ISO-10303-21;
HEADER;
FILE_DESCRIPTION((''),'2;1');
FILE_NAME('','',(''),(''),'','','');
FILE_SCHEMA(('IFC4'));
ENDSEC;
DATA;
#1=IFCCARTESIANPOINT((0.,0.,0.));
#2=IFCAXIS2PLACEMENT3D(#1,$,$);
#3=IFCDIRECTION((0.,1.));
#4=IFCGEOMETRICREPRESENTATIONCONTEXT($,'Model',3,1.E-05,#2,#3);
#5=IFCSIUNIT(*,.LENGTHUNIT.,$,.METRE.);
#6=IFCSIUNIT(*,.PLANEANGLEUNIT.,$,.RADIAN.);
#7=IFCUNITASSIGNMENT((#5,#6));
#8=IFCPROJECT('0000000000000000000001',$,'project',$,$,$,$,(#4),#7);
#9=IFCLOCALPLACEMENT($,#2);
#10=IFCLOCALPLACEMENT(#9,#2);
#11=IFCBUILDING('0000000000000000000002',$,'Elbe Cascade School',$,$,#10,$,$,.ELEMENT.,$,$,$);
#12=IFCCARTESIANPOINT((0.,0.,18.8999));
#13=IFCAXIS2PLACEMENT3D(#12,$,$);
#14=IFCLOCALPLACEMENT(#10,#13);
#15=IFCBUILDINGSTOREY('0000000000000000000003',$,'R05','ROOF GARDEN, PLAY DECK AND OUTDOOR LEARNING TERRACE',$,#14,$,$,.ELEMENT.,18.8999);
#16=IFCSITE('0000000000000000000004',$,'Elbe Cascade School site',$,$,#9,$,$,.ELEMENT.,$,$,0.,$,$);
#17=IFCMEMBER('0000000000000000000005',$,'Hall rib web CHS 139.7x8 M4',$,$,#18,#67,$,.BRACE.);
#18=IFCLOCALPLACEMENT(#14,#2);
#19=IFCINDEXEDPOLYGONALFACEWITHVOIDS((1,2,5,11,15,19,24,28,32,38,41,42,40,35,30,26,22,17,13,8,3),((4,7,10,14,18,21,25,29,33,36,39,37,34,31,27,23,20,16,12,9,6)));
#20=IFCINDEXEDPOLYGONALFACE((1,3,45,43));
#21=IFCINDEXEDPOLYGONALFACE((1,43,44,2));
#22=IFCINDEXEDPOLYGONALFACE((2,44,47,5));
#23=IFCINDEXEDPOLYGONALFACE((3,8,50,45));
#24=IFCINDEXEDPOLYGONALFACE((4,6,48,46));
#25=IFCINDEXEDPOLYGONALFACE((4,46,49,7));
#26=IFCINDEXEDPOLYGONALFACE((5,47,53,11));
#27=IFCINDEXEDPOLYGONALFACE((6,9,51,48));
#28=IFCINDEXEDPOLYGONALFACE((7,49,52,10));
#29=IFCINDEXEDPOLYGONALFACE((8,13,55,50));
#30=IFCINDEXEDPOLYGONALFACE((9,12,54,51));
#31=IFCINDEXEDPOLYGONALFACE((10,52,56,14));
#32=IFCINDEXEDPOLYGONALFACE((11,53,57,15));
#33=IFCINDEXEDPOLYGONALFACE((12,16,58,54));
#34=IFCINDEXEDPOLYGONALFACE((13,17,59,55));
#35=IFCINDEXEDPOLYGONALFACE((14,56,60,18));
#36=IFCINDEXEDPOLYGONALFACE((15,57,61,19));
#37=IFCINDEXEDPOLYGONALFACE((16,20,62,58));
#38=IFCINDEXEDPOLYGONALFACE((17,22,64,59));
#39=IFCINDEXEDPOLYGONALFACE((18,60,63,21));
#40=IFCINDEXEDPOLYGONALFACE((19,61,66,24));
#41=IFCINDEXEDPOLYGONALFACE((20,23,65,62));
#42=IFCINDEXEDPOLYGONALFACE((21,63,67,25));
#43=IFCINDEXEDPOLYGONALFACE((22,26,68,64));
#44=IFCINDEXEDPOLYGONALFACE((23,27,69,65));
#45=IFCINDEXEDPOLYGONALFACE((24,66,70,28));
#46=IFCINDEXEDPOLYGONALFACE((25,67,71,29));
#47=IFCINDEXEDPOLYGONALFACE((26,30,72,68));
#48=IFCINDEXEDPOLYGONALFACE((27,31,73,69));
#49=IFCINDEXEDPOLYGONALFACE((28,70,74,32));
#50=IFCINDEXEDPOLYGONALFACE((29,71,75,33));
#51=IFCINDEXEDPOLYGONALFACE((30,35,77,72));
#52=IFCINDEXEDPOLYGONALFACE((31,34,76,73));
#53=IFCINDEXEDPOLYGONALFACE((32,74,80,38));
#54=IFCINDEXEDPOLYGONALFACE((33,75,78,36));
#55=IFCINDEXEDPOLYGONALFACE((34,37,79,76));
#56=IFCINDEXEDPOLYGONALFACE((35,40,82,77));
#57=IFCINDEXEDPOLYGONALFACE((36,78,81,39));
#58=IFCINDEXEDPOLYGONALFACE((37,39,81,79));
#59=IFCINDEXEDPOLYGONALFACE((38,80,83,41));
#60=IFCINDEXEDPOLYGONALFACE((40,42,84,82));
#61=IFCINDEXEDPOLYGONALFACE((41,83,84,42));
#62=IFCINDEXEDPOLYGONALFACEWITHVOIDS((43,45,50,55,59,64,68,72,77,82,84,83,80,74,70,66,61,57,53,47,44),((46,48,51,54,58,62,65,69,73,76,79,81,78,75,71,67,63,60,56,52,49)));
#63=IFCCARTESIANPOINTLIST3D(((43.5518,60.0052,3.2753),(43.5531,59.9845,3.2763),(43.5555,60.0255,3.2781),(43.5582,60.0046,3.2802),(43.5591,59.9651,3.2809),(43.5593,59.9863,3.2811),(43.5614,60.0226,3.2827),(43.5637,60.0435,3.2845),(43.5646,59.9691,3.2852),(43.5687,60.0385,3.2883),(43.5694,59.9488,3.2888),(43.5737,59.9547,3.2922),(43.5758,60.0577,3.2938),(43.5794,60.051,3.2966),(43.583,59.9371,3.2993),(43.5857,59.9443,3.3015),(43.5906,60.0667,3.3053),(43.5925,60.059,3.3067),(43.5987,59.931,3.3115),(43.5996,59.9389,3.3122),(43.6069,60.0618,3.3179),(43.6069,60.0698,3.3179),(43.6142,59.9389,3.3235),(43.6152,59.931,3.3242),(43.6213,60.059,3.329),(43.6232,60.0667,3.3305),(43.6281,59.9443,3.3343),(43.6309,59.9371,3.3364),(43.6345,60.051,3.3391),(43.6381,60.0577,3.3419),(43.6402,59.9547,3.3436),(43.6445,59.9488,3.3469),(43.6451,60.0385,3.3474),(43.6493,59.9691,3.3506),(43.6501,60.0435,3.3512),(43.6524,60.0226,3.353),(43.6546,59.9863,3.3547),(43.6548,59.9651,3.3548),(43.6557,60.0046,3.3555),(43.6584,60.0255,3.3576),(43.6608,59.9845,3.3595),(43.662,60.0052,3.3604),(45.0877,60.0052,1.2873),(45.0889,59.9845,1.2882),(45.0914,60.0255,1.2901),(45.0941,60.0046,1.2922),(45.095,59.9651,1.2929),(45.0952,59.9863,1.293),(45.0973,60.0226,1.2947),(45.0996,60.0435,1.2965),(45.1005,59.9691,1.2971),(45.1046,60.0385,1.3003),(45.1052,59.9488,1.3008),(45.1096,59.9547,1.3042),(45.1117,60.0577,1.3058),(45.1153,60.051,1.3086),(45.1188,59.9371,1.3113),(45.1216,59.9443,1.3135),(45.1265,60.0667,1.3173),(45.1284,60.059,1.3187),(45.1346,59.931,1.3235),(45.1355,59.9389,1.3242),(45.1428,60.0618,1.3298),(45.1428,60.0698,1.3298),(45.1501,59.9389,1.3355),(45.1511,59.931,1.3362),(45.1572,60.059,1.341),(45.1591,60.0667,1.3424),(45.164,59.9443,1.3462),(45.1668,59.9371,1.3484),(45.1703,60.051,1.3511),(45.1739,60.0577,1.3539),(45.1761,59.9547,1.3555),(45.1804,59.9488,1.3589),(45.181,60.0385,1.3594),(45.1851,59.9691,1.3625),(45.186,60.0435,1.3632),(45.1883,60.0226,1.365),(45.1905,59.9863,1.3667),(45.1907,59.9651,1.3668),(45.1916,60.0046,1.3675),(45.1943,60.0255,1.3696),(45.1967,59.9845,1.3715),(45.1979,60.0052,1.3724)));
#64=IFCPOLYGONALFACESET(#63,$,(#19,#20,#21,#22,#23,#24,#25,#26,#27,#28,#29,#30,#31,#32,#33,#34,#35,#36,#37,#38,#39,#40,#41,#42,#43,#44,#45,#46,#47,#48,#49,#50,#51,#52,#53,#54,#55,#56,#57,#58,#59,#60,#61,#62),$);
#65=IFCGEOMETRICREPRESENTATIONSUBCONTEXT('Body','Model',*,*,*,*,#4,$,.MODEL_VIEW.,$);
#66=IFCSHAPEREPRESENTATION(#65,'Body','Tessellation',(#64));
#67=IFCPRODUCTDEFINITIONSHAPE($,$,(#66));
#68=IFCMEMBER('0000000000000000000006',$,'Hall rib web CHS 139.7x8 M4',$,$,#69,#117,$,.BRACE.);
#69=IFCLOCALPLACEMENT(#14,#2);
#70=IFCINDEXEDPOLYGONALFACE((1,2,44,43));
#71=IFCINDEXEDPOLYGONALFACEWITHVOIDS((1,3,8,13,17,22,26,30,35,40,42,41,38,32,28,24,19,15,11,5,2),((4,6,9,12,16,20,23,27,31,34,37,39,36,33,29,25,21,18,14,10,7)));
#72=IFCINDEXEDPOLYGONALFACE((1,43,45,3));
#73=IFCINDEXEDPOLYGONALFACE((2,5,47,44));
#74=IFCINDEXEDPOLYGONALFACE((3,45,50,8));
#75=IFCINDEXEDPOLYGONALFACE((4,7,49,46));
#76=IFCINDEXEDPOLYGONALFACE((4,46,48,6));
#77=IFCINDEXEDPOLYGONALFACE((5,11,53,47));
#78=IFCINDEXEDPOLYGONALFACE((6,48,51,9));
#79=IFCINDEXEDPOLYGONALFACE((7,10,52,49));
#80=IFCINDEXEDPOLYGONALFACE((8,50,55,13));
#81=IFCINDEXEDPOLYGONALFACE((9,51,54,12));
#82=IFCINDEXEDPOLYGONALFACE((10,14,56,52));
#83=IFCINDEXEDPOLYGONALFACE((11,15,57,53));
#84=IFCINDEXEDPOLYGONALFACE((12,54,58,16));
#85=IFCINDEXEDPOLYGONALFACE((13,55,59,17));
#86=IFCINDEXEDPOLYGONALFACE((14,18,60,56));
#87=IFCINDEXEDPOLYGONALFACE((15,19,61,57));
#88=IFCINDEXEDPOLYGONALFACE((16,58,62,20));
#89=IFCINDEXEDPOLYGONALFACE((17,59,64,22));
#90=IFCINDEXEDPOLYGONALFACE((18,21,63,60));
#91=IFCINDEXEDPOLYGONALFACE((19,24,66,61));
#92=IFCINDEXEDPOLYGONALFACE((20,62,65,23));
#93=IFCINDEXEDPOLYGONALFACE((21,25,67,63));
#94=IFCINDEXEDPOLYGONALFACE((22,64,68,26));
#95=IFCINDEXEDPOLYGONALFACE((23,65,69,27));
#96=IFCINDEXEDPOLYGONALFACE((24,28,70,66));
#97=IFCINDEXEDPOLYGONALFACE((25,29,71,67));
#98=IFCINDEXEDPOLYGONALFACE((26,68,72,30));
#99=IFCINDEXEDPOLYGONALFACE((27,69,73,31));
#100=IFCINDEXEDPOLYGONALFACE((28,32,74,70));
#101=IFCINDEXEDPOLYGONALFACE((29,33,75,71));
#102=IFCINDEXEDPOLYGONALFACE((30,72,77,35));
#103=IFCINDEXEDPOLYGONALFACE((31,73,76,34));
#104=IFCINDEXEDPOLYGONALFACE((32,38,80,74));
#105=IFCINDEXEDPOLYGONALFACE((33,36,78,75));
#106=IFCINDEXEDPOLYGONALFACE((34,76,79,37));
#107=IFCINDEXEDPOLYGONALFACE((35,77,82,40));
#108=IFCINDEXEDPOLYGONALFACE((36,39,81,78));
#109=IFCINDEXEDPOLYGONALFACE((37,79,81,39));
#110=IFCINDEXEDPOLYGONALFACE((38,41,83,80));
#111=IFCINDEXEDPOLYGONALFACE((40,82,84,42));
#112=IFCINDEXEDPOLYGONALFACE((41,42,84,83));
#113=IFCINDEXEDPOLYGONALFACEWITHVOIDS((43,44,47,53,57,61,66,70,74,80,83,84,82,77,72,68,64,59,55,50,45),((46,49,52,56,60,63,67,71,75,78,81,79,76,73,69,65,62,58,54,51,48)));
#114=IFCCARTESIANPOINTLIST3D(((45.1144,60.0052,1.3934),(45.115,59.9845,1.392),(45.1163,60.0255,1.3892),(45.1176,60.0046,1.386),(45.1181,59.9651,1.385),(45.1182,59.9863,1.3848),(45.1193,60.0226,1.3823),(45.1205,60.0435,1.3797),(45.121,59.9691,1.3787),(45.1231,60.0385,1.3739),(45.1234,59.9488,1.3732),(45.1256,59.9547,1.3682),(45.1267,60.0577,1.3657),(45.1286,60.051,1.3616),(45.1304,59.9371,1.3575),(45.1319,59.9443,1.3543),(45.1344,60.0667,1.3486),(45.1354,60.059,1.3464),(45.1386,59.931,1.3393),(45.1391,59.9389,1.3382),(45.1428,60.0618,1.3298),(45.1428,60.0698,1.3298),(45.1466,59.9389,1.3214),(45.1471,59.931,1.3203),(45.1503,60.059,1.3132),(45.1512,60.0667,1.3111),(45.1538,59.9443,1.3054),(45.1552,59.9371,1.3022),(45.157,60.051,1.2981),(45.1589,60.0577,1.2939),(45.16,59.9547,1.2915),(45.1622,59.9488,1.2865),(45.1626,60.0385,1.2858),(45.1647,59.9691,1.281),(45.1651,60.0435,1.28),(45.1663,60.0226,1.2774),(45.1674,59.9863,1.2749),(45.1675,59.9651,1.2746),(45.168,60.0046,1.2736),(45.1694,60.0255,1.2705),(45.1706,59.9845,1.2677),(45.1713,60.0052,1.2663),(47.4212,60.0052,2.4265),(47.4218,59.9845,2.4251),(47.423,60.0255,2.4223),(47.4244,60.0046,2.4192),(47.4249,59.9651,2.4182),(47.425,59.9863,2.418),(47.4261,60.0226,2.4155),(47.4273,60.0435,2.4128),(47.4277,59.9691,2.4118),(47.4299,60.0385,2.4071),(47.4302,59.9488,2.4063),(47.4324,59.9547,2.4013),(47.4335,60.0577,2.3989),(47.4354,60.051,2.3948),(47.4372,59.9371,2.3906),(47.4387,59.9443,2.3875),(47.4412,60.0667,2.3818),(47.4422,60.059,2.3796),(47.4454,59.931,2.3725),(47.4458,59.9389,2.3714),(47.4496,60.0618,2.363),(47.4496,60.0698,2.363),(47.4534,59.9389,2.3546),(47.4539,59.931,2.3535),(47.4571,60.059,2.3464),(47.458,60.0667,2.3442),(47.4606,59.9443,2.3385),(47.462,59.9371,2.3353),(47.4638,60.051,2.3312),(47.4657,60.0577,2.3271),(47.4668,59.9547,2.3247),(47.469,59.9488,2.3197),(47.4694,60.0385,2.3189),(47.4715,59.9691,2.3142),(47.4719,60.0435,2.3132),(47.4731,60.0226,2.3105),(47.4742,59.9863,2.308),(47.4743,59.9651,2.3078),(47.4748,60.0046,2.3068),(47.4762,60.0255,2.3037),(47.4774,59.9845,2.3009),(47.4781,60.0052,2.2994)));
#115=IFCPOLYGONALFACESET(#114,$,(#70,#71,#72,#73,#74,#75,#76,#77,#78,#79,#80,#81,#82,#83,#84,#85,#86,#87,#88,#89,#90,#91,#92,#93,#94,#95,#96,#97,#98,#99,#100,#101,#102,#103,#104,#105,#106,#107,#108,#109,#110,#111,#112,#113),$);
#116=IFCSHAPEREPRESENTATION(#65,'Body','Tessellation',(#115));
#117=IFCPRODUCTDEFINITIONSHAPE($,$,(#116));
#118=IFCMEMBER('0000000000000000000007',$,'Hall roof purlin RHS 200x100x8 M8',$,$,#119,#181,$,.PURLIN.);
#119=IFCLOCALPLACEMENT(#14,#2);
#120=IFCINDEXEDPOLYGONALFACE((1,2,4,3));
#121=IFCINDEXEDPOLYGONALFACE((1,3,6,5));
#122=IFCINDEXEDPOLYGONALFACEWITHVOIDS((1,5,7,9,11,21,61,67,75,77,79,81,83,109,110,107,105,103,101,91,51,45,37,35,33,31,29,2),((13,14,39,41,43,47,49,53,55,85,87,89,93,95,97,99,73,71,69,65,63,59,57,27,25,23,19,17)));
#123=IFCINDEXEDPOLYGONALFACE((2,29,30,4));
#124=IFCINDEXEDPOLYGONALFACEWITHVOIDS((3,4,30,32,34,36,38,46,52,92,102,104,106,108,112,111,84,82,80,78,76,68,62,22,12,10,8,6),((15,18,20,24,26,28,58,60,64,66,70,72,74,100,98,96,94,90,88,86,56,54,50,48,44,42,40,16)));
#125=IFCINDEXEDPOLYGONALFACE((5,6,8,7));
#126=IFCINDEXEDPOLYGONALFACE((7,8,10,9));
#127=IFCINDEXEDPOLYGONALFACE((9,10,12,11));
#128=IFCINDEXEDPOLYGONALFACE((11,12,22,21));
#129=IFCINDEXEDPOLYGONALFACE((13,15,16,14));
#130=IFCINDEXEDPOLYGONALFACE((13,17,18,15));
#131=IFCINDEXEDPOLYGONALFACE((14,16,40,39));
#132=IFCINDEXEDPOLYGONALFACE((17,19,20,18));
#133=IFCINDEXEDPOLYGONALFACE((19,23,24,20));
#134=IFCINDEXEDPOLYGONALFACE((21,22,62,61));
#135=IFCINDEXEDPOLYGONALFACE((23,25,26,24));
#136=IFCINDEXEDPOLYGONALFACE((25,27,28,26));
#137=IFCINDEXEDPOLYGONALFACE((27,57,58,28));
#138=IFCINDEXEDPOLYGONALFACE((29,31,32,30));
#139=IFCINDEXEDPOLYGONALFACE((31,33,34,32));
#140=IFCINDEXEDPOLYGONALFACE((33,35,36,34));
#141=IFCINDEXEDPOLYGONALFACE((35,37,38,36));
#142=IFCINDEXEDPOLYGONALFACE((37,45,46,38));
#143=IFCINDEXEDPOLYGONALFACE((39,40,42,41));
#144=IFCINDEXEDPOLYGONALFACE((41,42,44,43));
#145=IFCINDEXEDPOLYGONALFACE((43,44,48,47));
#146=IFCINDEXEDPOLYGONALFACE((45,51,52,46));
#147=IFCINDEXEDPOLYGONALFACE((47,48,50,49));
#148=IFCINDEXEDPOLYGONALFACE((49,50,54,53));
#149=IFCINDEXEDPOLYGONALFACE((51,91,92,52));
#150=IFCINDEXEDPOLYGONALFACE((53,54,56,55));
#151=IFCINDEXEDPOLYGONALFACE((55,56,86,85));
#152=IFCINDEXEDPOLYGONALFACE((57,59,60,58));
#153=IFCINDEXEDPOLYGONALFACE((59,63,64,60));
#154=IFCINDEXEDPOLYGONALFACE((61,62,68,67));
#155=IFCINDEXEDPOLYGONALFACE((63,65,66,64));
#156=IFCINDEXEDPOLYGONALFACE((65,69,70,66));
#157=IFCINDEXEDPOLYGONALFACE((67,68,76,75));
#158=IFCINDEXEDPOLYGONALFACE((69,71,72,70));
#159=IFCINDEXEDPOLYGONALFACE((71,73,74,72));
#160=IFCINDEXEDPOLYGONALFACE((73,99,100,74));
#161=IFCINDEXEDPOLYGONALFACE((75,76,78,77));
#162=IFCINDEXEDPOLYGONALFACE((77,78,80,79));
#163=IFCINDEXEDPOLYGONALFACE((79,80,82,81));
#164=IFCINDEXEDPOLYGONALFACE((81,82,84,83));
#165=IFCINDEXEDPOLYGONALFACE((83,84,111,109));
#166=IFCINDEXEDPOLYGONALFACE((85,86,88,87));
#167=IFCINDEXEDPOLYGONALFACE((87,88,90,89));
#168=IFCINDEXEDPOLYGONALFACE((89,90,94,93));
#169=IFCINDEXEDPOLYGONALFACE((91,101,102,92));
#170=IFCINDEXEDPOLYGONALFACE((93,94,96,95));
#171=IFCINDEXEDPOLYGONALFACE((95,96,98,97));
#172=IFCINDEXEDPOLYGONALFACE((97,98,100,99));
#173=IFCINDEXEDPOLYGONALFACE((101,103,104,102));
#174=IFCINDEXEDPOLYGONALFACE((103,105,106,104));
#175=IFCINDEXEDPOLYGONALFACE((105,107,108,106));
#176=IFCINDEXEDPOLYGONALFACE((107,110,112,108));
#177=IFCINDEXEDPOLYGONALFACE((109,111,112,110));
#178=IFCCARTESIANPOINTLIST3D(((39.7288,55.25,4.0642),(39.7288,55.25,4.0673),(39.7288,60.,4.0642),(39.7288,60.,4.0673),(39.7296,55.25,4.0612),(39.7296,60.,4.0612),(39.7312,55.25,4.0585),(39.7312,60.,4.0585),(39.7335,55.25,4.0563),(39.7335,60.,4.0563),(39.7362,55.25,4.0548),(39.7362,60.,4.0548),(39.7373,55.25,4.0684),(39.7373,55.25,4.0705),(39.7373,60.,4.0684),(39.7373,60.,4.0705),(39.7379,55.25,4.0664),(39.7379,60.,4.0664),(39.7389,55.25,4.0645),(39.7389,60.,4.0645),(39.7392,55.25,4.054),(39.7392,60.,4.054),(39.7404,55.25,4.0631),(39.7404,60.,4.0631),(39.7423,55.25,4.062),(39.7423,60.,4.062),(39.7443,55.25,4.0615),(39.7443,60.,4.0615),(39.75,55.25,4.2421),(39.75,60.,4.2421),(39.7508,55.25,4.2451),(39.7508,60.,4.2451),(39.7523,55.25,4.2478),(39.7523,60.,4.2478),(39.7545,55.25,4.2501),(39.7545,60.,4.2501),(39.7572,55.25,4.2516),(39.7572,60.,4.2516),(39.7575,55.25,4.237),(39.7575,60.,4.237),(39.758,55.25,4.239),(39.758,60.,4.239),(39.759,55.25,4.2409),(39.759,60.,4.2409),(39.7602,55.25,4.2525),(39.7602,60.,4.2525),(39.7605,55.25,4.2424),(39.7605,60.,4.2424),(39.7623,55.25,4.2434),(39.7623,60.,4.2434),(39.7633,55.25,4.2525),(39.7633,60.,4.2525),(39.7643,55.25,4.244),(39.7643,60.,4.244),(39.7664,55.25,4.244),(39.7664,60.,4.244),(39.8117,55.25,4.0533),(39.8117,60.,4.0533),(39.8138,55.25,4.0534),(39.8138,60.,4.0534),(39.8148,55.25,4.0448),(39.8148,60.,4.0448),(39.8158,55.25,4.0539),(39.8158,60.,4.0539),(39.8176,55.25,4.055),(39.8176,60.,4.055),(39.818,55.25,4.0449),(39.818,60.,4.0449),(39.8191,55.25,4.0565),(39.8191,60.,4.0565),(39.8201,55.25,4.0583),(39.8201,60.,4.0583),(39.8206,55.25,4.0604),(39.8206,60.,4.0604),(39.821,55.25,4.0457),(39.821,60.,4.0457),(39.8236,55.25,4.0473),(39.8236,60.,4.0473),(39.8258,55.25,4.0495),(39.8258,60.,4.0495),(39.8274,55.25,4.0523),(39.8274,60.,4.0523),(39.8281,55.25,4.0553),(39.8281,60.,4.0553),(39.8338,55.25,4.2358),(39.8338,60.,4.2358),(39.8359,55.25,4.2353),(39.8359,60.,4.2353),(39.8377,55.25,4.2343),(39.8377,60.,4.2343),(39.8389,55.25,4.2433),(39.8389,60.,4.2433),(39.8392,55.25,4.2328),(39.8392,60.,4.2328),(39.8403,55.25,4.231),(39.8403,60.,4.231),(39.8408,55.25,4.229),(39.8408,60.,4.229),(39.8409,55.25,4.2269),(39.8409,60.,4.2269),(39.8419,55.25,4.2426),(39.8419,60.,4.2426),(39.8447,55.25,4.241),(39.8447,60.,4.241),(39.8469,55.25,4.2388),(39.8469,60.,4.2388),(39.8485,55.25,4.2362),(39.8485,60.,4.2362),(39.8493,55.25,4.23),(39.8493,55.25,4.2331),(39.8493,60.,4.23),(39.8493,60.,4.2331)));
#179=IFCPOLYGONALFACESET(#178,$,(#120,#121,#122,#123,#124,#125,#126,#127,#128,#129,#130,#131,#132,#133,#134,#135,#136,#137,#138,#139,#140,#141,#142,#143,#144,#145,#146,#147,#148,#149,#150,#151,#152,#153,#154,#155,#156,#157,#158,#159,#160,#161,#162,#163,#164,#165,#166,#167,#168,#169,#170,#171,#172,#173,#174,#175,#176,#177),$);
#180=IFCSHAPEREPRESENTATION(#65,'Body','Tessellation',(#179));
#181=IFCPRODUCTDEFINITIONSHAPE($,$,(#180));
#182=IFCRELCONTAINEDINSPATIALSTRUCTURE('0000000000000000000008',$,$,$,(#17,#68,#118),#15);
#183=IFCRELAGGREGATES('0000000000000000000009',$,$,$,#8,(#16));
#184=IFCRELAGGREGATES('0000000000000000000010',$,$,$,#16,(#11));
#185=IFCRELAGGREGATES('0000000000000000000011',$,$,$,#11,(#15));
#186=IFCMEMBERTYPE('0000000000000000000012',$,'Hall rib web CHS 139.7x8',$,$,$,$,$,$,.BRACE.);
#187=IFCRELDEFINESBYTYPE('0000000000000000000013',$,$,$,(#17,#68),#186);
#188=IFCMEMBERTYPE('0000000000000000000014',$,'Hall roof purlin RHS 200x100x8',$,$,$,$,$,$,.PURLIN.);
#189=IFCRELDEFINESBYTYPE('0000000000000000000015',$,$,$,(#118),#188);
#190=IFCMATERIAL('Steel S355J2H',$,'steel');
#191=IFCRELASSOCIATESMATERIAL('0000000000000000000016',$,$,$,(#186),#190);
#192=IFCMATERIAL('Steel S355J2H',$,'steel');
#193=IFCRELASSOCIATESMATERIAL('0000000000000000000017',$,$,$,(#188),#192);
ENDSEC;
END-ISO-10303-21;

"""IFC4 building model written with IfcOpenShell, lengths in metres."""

from ifc_helpers import new_model, si_unit, direction, frame, origin, origin_2d, place, context, subcontext, project, spatial, hollow_rectangle, hollow_circle, extrude, material, material_profile, profile_set, type_object, element, save


model = new_model("IFC4")

# Units and contexts
model_context = context("Model", 3, precision=1e-05, world=origin(), true_north=direction((0.0, 1.0)))
body_context = subcontext(model_context, "Body", "Model", "MODEL_VIEW")
ifc_project = project(units=[si_unit("LENGTHUNIT", "METRE"), si_unit("PLANEANGLEUNIT", "RADIAN")], contexts=[model_context])

# Site, building, storey
site_placement = place(None, origin())
site = spatial("IfcSite", under=ifc_project, at=site_placement, Name="Elbe Cascade School site", CompositionType="ELEMENT", RefElevation=0.0)
building_placement = place(site_placement, origin())
building = spatial("IfcBuilding", under=site, at=building_placement, Name="Elbe Cascade School", CompositionType="ELEMENT")
storey_placement = place(building_placement, frame((0.0, 0.0, 18.8999)))
storey = spatial("IfcBuildingStorey", under=building, at=storey_placement, Name="R05", Description="ROOF GARDEN, PLAY DECK AND OUTDOOR LEARNING TERRACE", CompositionType="ELEMENT", Elevation=18.8999)

# Members
ifc_material_1 = material(Name="Steel S355J2H", Category="steel")
ifc_material_profile_1 = material_profile(ifc_material_1, hollow_circle(Radius=0.0698, WallThickness=0.0081, at=origin_2d()), Name="CHS 139.7x8")
ifc_profile_set_1 = profile_set([ifc_material_profile_1], Name="Steel S355J2H")
member_type_1 = type_object("IfcMemberType", Name="Hall rib web CHS 139.7x8", PredefinedType="BRACE", material=ifc_profile_set_1)
member_1_placement = place(storey_placement, frame((43.6069, 60.0, 3.3179), z_axis=(0.611367, 0.0, -0.791347), x_axis=(0.0, 1.0, 0.0)))
element("IfcMember", 1, at=member_1_placement, inside=storey, type_object=member_type_1, Name="Hall rib web CHS 139.7x8 M4", PredefinedType="BRACE", context=body_context, shape_type="SweptSolid", body=[
    extrude(hollow_circle(Radius=0.0698, WallThickness=0.0081, at=origin_2d()), origin(), (0.0, 0.0, 1.0), 2.5122),
])
member_2_placement = place(storey_placement, frame((45.1428, 60.0, 1.3298), z_axis=(0.912645, 0.0, 0.408754), x_axis=(0.0, 1.0, 0.0)))
element("IfcMember", 2, at=member_2_placement, inside=storey, type_object=member_type_1, Name="Hall rib web CHS 139.7x8 M4", PredefinedType="BRACE", context=body_context, shape_type="SweptSolid", body=[
    extrude(hollow_circle(Radius=0.0698, WallThickness=0.0081, at=origin_2d()), origin(), (0.0, 0.0, 1.0), 2.5276),
])
ifc_material_2 = material(Name="Steel S355J2H", Category="steel")
ifc_material_profile_2 = material_profile(ifc_material_2, hollow_rectangle(XDim=0.1001, YDim=0.2, WallThickness=0.0081, InnerFilletRadius=0.0081, OuterFilletRadius=0.012, at=origin_2d()), Name="RHS 200x100x8")
ifc_profile_set_2 = profile_set([ifc_material_profile_2], Name="Steel S355J2H")
member_type_2 = type_object("IfcMemberType", Name="Hall roof purlin RHS 200x100x8", PredefinedType="PURLIN", material=ifc_profile_set_2)
for number, where, z_axis, x_axis, name in (
    (3, (39.7891, 55.25, 4.1487), (0.0, 1.0, 0.0), (-0.992718, 0.0, 0.120463), "Hall roof purlin RHS 200x100x8 M8"),
):
    element("IfcMember", number, at=place(storey_placement, frame(where, z_axis=z_axis, x_axis=x_axis)), inside=storey, type_object=member_type_2, Name=name, PredefinedType="PURLIN", context=body_context, shape_type="SweptSolid", body=[
        extrude(hollow_rectangle(XDim=0.1001, YDim=0.2, WallThickness=0.0081, InnerFilletRadius=0.0081, OuterFilletRadius=0.012, at=origin_2d()), origin(), (0.0, 0.0, 1.0), 4.75),
    ])

save(model, "model.ifc")
